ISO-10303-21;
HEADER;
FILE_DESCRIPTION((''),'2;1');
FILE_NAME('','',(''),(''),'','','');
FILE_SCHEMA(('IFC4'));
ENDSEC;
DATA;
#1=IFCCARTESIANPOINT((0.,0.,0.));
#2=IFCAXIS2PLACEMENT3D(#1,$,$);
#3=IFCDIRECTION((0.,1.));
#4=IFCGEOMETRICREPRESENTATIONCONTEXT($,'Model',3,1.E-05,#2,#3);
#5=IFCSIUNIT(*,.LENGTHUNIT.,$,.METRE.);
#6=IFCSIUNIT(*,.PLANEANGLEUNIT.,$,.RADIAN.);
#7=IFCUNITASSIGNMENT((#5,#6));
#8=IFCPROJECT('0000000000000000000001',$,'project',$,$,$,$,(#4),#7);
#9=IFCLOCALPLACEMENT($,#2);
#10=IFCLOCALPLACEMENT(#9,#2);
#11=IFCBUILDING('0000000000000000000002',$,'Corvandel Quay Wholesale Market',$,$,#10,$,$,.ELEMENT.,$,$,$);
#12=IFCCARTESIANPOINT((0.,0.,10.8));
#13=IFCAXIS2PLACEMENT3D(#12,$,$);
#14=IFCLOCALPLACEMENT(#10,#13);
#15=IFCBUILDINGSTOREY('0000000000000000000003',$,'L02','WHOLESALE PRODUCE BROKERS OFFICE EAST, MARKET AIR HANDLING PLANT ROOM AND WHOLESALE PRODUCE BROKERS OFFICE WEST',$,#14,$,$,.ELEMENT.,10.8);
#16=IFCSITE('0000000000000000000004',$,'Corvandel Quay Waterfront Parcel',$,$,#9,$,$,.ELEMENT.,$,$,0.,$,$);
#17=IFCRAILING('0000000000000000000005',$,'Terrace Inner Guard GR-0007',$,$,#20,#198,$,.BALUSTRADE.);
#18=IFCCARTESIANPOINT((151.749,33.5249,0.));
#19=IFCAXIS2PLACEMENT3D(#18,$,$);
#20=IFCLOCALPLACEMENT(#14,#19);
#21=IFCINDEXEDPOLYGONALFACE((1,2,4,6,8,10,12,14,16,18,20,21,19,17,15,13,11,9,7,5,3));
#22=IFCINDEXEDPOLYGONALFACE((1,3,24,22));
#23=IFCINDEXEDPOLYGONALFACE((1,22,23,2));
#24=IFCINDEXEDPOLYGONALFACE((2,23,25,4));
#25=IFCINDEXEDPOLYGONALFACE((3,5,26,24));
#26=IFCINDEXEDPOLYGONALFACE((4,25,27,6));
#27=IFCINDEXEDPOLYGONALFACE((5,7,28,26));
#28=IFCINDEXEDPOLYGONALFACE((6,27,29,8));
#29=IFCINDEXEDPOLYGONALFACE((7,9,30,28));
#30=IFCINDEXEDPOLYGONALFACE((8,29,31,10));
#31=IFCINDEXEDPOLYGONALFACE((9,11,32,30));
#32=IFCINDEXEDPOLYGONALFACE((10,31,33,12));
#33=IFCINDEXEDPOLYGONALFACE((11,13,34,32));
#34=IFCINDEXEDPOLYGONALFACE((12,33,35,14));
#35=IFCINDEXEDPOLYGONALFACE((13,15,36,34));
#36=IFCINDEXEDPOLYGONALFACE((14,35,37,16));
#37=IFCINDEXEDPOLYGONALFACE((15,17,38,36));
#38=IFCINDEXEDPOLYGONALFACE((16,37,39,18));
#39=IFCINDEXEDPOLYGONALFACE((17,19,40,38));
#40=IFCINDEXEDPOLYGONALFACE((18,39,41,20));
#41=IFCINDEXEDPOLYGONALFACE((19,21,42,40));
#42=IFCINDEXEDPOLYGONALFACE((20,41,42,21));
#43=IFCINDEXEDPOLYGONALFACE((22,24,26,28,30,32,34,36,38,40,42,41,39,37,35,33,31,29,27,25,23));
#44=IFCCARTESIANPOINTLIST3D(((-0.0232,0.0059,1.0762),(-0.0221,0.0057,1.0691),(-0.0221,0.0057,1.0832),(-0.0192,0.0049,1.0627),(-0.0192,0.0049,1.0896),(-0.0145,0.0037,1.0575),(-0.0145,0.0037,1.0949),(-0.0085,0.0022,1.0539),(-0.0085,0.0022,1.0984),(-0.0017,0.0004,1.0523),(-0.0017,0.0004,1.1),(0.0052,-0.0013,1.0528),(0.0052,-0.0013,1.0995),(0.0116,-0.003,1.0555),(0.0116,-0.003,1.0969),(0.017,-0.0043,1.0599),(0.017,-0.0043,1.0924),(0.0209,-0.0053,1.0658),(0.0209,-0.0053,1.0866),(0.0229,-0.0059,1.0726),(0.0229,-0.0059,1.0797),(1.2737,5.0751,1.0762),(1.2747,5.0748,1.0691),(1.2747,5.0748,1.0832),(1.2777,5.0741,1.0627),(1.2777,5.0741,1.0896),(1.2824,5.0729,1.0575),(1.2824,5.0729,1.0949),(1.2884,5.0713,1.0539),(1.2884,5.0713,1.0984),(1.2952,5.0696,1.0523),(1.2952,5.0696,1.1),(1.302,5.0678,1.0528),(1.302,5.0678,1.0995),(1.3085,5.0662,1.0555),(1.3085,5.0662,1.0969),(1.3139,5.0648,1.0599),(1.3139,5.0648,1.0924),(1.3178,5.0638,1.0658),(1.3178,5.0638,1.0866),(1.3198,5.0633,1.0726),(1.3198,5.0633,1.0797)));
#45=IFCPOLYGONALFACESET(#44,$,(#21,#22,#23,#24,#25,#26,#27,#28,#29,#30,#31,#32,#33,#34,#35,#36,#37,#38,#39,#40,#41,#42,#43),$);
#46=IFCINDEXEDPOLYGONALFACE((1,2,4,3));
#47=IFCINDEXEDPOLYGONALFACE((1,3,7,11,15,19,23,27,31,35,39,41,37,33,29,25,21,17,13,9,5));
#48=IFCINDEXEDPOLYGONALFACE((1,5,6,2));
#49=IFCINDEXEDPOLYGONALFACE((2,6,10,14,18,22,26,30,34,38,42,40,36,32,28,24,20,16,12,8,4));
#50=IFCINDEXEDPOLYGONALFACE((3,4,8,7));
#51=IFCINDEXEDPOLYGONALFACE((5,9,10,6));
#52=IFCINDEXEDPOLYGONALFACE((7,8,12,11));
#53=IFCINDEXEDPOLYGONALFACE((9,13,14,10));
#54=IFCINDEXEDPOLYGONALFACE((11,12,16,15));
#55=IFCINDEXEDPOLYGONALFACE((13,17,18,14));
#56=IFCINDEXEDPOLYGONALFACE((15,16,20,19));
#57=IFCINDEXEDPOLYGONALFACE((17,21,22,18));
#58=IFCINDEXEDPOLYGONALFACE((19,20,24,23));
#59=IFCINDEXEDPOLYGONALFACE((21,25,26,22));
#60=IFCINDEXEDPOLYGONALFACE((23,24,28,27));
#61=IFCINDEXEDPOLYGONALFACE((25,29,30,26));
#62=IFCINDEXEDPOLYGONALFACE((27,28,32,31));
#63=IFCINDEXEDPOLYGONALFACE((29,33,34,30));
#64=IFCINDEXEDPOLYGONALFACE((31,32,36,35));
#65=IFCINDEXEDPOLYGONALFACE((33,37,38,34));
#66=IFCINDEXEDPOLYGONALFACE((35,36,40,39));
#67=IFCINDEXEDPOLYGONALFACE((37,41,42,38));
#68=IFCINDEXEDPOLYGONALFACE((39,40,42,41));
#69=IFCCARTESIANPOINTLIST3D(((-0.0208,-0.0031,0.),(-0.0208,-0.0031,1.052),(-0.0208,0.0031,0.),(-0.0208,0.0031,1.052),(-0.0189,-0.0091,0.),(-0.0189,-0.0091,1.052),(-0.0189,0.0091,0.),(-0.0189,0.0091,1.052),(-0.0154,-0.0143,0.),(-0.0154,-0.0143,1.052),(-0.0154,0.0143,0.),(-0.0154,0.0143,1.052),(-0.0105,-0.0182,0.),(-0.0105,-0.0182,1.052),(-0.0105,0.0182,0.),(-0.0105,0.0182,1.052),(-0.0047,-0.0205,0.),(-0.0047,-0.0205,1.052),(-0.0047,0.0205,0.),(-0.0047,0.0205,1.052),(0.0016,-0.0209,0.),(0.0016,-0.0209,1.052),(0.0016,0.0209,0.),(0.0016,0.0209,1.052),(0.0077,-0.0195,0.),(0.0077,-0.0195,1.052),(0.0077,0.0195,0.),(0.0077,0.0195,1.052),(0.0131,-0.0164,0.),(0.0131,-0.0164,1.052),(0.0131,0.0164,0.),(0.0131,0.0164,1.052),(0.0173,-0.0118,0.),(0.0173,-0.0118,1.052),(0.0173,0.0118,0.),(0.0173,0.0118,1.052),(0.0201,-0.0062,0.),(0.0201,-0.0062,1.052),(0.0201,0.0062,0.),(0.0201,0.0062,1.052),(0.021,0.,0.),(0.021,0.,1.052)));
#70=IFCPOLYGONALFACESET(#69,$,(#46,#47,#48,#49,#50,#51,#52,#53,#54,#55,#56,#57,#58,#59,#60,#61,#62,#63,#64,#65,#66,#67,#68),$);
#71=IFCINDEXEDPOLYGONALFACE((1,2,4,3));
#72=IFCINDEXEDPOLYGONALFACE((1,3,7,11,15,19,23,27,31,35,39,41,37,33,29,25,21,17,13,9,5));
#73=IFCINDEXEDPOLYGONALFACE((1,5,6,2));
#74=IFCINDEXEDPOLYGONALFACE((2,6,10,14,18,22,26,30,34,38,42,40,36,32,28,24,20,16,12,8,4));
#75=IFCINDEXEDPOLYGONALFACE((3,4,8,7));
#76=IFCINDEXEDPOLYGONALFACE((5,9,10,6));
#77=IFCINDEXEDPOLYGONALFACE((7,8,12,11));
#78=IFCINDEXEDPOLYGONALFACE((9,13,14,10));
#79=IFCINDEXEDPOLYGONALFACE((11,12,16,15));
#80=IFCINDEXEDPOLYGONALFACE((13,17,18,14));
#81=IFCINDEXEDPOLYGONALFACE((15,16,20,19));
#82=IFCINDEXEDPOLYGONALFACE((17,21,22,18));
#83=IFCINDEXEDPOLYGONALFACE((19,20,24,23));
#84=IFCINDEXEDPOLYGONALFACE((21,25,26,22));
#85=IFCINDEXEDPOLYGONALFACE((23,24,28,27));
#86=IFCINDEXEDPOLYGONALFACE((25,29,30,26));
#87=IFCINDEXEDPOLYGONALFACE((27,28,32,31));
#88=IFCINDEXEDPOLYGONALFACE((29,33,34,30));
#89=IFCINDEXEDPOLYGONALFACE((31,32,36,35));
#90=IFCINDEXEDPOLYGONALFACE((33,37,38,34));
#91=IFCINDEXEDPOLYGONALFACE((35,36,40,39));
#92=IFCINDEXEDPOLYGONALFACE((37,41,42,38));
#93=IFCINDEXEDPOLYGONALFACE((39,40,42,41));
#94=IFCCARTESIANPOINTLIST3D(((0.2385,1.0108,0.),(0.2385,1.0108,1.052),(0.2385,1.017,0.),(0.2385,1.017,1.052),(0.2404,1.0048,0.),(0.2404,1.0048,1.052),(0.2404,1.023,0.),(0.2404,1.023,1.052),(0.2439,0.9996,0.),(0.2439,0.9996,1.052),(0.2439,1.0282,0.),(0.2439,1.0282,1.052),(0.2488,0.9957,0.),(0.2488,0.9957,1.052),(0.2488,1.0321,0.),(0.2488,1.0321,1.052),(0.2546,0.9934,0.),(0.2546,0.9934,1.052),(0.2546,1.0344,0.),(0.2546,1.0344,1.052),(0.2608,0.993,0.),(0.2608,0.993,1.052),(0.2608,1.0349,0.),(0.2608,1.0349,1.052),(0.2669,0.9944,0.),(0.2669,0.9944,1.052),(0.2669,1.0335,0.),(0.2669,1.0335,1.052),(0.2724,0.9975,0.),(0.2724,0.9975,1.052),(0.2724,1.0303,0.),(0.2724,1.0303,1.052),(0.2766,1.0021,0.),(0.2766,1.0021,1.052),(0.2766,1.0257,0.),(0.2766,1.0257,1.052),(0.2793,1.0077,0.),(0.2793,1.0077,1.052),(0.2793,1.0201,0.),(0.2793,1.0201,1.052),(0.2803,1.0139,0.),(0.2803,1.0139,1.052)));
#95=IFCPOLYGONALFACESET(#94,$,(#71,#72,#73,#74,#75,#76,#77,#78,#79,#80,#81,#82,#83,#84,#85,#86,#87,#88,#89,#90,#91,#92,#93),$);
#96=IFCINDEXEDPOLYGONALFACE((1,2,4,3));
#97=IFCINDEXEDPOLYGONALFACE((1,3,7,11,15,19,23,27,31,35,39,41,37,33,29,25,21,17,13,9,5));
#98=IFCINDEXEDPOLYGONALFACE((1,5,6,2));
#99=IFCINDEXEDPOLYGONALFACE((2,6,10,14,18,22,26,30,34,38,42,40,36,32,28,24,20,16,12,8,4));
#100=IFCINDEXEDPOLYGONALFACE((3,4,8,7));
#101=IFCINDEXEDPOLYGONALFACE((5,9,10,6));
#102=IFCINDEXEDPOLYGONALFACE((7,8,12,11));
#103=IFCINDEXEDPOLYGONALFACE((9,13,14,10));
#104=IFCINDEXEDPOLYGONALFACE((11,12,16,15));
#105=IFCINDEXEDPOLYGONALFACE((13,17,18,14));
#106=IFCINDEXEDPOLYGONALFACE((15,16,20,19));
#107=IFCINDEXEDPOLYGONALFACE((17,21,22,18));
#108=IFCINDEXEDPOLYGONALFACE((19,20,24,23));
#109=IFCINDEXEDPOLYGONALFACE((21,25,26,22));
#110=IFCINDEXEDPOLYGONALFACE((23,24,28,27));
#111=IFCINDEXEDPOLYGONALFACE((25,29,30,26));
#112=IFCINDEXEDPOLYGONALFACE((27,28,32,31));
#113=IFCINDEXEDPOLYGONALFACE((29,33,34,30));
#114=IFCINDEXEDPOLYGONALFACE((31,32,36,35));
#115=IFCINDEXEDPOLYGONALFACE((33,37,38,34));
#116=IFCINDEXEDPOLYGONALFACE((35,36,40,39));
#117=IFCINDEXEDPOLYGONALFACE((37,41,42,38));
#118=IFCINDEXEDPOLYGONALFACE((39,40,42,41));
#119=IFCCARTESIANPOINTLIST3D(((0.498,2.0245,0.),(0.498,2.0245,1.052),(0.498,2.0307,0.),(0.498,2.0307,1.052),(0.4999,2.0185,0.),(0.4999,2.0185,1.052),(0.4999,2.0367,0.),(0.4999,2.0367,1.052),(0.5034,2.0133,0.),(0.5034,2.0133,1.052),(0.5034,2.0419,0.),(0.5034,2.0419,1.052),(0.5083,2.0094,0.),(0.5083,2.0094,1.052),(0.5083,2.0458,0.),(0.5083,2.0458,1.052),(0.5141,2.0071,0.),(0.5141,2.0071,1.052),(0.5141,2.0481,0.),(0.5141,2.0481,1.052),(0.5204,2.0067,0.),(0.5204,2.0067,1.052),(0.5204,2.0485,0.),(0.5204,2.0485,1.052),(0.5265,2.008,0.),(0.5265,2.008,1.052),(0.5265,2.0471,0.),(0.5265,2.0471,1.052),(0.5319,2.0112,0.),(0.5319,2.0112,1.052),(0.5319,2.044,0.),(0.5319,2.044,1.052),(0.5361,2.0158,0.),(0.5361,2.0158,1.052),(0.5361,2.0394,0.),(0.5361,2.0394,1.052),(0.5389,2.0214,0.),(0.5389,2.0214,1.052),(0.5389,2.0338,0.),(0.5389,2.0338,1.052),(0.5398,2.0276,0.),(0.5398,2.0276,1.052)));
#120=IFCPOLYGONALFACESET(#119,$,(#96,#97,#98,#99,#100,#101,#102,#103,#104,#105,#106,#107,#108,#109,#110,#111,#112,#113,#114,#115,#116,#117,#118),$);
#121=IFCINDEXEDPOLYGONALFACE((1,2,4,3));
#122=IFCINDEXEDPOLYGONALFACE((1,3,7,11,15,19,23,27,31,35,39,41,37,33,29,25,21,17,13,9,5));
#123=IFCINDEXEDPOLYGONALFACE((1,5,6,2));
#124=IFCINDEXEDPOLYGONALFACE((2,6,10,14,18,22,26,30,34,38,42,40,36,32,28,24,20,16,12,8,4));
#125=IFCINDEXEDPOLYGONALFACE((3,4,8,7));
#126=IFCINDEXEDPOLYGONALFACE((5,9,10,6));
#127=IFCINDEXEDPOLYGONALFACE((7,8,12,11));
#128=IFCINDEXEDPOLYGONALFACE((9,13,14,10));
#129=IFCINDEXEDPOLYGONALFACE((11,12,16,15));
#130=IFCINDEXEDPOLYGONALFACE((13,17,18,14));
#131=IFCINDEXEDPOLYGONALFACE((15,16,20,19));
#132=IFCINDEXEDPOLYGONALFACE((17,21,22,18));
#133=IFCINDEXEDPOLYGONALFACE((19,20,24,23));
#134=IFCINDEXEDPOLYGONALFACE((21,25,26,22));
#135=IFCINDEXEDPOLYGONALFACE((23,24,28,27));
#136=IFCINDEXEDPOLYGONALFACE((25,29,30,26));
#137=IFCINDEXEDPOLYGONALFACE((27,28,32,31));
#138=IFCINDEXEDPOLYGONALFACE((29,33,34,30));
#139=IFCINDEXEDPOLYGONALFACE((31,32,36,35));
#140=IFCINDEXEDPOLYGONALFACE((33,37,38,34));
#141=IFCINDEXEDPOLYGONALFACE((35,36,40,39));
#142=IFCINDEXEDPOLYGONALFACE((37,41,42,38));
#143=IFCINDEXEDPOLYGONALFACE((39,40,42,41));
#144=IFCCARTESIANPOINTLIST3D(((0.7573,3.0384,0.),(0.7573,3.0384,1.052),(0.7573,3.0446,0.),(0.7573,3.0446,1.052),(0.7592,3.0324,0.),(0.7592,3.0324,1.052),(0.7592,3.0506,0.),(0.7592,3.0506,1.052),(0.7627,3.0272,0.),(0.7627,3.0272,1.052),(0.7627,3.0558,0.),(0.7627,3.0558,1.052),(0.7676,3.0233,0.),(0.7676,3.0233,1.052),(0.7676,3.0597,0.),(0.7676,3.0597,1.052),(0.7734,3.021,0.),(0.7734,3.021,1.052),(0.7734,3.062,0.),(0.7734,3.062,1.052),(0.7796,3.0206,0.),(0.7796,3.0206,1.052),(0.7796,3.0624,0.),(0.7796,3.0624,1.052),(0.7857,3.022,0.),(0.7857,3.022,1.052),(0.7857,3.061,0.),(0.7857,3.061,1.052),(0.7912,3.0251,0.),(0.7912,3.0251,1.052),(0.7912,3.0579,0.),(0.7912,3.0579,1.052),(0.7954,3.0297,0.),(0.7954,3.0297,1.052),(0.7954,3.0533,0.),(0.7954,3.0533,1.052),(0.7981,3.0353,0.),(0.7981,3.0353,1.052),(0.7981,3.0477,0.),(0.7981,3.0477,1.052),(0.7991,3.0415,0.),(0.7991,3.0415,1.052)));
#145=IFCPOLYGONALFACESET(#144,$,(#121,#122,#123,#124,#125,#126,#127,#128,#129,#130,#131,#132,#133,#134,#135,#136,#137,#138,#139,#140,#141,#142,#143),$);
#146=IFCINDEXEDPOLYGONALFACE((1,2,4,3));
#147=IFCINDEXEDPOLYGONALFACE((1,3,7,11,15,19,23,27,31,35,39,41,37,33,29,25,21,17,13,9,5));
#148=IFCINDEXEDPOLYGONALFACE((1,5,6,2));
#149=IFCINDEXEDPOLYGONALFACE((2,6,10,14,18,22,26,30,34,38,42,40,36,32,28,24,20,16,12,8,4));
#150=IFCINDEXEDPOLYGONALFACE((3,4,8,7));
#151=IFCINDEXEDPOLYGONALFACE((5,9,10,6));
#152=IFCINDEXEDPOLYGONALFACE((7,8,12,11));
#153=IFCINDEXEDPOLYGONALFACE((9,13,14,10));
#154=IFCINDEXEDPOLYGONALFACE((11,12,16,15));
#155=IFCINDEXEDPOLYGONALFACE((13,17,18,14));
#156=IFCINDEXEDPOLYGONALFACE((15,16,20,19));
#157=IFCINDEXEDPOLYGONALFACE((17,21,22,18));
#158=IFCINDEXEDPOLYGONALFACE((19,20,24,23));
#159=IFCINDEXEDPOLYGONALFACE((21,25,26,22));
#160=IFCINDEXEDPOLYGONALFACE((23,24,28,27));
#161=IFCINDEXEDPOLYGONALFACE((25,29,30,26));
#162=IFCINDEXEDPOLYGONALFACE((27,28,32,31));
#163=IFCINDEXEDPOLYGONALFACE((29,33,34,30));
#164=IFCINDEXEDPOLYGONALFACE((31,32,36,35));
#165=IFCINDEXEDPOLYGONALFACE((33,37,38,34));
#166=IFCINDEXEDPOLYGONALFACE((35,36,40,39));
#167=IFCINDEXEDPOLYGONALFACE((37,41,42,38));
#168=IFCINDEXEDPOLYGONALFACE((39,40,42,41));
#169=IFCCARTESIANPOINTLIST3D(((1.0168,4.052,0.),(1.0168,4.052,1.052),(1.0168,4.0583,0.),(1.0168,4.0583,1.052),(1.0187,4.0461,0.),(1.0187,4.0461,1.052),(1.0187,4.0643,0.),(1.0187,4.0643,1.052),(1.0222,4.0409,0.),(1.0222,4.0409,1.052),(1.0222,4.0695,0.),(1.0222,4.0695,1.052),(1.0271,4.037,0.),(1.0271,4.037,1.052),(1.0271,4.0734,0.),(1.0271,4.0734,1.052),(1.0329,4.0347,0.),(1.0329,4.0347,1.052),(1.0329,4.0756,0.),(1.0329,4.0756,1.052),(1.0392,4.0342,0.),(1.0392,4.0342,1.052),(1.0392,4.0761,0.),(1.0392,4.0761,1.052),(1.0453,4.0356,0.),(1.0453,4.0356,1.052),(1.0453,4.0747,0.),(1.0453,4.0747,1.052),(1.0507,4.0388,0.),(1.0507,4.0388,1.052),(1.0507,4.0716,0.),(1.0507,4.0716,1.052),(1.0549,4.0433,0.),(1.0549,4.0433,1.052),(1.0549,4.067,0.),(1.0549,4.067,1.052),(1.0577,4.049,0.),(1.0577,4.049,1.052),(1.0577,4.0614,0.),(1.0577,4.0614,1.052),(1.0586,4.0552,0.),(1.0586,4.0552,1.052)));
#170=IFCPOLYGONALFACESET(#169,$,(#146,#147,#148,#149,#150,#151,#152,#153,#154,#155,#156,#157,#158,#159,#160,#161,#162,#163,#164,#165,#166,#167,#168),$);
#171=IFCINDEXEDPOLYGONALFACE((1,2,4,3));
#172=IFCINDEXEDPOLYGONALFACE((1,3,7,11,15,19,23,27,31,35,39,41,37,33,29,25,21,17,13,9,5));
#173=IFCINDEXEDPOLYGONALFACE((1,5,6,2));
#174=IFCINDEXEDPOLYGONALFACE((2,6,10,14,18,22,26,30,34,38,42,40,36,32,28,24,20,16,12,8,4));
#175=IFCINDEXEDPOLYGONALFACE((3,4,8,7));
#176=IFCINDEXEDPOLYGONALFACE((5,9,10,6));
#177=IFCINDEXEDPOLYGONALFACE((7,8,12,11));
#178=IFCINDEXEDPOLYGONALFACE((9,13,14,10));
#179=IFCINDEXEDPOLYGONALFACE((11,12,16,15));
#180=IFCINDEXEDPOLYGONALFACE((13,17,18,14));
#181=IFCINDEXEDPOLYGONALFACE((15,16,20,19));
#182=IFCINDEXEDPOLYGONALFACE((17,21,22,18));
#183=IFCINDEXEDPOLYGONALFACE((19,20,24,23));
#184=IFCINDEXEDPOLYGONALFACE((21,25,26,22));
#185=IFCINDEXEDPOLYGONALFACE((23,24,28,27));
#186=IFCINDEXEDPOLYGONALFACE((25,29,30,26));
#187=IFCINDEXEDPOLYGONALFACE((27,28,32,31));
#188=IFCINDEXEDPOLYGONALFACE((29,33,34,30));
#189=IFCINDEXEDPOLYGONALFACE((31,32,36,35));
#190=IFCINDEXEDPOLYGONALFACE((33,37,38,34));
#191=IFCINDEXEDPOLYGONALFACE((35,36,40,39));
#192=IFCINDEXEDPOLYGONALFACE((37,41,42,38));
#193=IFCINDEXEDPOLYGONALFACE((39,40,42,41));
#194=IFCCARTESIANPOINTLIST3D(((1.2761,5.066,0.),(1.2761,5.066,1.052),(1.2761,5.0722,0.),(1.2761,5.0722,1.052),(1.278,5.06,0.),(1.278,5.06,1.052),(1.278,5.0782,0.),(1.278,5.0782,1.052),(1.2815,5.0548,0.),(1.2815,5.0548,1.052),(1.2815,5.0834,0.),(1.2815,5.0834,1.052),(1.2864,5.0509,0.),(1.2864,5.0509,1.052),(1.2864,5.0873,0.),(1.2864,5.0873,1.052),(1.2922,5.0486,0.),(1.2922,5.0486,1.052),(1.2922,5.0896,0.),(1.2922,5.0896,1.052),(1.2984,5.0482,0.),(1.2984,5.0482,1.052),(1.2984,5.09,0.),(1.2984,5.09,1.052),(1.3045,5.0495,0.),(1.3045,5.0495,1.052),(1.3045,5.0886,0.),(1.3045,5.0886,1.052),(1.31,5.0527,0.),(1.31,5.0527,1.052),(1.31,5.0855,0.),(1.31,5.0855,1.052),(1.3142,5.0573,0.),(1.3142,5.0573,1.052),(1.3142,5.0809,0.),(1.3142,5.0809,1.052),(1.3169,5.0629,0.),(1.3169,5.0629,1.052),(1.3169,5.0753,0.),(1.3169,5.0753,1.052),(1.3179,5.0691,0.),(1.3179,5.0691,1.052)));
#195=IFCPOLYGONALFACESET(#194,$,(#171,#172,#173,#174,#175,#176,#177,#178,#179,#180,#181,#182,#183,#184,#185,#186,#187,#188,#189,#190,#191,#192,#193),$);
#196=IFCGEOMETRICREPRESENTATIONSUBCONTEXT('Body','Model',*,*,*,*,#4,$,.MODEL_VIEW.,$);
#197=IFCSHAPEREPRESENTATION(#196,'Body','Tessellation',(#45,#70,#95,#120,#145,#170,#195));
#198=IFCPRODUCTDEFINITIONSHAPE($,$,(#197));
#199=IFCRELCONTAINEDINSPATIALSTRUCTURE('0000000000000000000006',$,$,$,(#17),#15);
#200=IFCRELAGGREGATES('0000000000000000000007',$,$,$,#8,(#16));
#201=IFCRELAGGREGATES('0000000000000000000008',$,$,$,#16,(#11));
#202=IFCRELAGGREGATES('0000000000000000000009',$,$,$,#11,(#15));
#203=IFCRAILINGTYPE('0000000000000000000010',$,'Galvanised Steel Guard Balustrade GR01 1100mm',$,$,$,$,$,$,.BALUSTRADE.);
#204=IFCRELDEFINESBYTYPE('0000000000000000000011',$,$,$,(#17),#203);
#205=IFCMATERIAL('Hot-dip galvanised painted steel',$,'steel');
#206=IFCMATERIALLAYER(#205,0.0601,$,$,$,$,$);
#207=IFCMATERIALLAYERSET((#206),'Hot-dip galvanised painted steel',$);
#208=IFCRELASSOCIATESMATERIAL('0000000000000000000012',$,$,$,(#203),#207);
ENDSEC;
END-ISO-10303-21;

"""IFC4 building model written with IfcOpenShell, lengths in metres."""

from ifc_helpers import new_model, si_unit, direction, frame, origin, origin_2d, place, context, subcontext, project, spatial, circle, extrude, material, layer, layer_set, type_object, element, save


model = new_model("IFC4")

# Units and contexts
model_context = context("Model", 3, precision=1e-05, world=origin(), true_north=direction((0.0, 1.0)))
body_context = subcontext(model_context, "Body", "Model", "MODEL_VIEW")
ifc_project = project(units=[si_unit("LENGTHUNIT", "METRE"), si_unit("PLANEANGLEUNIT", "RADIAN")], contexts=[model_context])

# Site, building, storey
site_placement = place(None, origin())
site = spatial("IfcSite", under=ifc_project, at=site_placement, Name="Corvandel Quay Waterfront Parcel", CompositionType="ELEMENT", RefElevation=0.0)
building_placement = place(site_placement, origin())
building = spatial("IfcBuilding", under=site, at=building_placement, Name="Corvandel Quay Wholesale Market", CompositionType="ELEMENT")
storey_placement = place(building_placement, frame((0.0, 0.0, 10.8)))
storey = spatial("IfcBuildingStorey", under=building, at=storey_placement, Name="L02", Description="WHOLESALE PRODUCE BROKERS OFFICE EAST, MARKET AIR HANDLING PLANT ROOM AND WHOLESALE PRODUCE BROKERS OFFICE WEST", CompositionType="ELEMENT", Elevation=10.8)

# Railing
ifc_material_1 = material(Name="Hot-dip galvanised painted steel", Category="steel")
ifc_layer_1 = layer(ifc_material_1, 0.0601)
ifc_layer_set_1 = layer_set([ifc_layer_1], Name="Hot-dip galvanised painted steel")
railing_type = type_object("IfcRailingType", Name="Galvanised Steel Guard Balustrade GR01 1100mm", PredefinedType="BALUSTRADE", material=ifc_layer_set_1)
railing_1_placement = place(storey_placement, frame((151.749, 33.5249, 0.0)))
element("IfcRailing", 1, at=railing_1_placement, inside=storey, type_object=railing_type, Name="Terrace Inner Guard GR-0007", PredefinedType="BALUSTRADE", context=body_context, shape_type="SweptSolid", body=[
    extrude(circle(Radius=0.0239, at=origin_2d()), frame((0.0, 0.0, 1.0762), z_axis=(0.247857, 0.968797, 0.0), x_axis=(-0.968797, 0.247857, 0.0)), (0.0, 0.0, 1.0), 5.2324),
    extrude(circle(Radius=0.021, at=origin_2d()), origin(), (0.0, 0.0, 1.0), 1.052),
    extrude(circle(Radius=0.021, at=origin_2d()), frame((0.2593, 1.0139, 0.0)), (0.0, 0.0, 1.0), 1.052),
    extrude(circle(Radius=0.021, at=origin_2d()), frame((0.5188, 2.0276, 0.0)), (0.0, 0.0, 1.0), 1.052),
    extrude(circle(Radius=0.021, at=origin_2d()), frame((0.7781, 3.0415, 0.0)), (0.0, 0.0, 1.0), 1.052),
    extrude(circle(Radius=0.021, at=origin_2d()), frame((1.0376, 4.0552, 0.0)), (0.0, 0.0, 1.0), 1.052),
    extrude(circle(Radius=0.021, at=origin_2d()), frame((1.2969, 5.0691, 0.0)), (0.0, 0.0, 1.0), 1.052),
])

save(model, "model.ifc")
